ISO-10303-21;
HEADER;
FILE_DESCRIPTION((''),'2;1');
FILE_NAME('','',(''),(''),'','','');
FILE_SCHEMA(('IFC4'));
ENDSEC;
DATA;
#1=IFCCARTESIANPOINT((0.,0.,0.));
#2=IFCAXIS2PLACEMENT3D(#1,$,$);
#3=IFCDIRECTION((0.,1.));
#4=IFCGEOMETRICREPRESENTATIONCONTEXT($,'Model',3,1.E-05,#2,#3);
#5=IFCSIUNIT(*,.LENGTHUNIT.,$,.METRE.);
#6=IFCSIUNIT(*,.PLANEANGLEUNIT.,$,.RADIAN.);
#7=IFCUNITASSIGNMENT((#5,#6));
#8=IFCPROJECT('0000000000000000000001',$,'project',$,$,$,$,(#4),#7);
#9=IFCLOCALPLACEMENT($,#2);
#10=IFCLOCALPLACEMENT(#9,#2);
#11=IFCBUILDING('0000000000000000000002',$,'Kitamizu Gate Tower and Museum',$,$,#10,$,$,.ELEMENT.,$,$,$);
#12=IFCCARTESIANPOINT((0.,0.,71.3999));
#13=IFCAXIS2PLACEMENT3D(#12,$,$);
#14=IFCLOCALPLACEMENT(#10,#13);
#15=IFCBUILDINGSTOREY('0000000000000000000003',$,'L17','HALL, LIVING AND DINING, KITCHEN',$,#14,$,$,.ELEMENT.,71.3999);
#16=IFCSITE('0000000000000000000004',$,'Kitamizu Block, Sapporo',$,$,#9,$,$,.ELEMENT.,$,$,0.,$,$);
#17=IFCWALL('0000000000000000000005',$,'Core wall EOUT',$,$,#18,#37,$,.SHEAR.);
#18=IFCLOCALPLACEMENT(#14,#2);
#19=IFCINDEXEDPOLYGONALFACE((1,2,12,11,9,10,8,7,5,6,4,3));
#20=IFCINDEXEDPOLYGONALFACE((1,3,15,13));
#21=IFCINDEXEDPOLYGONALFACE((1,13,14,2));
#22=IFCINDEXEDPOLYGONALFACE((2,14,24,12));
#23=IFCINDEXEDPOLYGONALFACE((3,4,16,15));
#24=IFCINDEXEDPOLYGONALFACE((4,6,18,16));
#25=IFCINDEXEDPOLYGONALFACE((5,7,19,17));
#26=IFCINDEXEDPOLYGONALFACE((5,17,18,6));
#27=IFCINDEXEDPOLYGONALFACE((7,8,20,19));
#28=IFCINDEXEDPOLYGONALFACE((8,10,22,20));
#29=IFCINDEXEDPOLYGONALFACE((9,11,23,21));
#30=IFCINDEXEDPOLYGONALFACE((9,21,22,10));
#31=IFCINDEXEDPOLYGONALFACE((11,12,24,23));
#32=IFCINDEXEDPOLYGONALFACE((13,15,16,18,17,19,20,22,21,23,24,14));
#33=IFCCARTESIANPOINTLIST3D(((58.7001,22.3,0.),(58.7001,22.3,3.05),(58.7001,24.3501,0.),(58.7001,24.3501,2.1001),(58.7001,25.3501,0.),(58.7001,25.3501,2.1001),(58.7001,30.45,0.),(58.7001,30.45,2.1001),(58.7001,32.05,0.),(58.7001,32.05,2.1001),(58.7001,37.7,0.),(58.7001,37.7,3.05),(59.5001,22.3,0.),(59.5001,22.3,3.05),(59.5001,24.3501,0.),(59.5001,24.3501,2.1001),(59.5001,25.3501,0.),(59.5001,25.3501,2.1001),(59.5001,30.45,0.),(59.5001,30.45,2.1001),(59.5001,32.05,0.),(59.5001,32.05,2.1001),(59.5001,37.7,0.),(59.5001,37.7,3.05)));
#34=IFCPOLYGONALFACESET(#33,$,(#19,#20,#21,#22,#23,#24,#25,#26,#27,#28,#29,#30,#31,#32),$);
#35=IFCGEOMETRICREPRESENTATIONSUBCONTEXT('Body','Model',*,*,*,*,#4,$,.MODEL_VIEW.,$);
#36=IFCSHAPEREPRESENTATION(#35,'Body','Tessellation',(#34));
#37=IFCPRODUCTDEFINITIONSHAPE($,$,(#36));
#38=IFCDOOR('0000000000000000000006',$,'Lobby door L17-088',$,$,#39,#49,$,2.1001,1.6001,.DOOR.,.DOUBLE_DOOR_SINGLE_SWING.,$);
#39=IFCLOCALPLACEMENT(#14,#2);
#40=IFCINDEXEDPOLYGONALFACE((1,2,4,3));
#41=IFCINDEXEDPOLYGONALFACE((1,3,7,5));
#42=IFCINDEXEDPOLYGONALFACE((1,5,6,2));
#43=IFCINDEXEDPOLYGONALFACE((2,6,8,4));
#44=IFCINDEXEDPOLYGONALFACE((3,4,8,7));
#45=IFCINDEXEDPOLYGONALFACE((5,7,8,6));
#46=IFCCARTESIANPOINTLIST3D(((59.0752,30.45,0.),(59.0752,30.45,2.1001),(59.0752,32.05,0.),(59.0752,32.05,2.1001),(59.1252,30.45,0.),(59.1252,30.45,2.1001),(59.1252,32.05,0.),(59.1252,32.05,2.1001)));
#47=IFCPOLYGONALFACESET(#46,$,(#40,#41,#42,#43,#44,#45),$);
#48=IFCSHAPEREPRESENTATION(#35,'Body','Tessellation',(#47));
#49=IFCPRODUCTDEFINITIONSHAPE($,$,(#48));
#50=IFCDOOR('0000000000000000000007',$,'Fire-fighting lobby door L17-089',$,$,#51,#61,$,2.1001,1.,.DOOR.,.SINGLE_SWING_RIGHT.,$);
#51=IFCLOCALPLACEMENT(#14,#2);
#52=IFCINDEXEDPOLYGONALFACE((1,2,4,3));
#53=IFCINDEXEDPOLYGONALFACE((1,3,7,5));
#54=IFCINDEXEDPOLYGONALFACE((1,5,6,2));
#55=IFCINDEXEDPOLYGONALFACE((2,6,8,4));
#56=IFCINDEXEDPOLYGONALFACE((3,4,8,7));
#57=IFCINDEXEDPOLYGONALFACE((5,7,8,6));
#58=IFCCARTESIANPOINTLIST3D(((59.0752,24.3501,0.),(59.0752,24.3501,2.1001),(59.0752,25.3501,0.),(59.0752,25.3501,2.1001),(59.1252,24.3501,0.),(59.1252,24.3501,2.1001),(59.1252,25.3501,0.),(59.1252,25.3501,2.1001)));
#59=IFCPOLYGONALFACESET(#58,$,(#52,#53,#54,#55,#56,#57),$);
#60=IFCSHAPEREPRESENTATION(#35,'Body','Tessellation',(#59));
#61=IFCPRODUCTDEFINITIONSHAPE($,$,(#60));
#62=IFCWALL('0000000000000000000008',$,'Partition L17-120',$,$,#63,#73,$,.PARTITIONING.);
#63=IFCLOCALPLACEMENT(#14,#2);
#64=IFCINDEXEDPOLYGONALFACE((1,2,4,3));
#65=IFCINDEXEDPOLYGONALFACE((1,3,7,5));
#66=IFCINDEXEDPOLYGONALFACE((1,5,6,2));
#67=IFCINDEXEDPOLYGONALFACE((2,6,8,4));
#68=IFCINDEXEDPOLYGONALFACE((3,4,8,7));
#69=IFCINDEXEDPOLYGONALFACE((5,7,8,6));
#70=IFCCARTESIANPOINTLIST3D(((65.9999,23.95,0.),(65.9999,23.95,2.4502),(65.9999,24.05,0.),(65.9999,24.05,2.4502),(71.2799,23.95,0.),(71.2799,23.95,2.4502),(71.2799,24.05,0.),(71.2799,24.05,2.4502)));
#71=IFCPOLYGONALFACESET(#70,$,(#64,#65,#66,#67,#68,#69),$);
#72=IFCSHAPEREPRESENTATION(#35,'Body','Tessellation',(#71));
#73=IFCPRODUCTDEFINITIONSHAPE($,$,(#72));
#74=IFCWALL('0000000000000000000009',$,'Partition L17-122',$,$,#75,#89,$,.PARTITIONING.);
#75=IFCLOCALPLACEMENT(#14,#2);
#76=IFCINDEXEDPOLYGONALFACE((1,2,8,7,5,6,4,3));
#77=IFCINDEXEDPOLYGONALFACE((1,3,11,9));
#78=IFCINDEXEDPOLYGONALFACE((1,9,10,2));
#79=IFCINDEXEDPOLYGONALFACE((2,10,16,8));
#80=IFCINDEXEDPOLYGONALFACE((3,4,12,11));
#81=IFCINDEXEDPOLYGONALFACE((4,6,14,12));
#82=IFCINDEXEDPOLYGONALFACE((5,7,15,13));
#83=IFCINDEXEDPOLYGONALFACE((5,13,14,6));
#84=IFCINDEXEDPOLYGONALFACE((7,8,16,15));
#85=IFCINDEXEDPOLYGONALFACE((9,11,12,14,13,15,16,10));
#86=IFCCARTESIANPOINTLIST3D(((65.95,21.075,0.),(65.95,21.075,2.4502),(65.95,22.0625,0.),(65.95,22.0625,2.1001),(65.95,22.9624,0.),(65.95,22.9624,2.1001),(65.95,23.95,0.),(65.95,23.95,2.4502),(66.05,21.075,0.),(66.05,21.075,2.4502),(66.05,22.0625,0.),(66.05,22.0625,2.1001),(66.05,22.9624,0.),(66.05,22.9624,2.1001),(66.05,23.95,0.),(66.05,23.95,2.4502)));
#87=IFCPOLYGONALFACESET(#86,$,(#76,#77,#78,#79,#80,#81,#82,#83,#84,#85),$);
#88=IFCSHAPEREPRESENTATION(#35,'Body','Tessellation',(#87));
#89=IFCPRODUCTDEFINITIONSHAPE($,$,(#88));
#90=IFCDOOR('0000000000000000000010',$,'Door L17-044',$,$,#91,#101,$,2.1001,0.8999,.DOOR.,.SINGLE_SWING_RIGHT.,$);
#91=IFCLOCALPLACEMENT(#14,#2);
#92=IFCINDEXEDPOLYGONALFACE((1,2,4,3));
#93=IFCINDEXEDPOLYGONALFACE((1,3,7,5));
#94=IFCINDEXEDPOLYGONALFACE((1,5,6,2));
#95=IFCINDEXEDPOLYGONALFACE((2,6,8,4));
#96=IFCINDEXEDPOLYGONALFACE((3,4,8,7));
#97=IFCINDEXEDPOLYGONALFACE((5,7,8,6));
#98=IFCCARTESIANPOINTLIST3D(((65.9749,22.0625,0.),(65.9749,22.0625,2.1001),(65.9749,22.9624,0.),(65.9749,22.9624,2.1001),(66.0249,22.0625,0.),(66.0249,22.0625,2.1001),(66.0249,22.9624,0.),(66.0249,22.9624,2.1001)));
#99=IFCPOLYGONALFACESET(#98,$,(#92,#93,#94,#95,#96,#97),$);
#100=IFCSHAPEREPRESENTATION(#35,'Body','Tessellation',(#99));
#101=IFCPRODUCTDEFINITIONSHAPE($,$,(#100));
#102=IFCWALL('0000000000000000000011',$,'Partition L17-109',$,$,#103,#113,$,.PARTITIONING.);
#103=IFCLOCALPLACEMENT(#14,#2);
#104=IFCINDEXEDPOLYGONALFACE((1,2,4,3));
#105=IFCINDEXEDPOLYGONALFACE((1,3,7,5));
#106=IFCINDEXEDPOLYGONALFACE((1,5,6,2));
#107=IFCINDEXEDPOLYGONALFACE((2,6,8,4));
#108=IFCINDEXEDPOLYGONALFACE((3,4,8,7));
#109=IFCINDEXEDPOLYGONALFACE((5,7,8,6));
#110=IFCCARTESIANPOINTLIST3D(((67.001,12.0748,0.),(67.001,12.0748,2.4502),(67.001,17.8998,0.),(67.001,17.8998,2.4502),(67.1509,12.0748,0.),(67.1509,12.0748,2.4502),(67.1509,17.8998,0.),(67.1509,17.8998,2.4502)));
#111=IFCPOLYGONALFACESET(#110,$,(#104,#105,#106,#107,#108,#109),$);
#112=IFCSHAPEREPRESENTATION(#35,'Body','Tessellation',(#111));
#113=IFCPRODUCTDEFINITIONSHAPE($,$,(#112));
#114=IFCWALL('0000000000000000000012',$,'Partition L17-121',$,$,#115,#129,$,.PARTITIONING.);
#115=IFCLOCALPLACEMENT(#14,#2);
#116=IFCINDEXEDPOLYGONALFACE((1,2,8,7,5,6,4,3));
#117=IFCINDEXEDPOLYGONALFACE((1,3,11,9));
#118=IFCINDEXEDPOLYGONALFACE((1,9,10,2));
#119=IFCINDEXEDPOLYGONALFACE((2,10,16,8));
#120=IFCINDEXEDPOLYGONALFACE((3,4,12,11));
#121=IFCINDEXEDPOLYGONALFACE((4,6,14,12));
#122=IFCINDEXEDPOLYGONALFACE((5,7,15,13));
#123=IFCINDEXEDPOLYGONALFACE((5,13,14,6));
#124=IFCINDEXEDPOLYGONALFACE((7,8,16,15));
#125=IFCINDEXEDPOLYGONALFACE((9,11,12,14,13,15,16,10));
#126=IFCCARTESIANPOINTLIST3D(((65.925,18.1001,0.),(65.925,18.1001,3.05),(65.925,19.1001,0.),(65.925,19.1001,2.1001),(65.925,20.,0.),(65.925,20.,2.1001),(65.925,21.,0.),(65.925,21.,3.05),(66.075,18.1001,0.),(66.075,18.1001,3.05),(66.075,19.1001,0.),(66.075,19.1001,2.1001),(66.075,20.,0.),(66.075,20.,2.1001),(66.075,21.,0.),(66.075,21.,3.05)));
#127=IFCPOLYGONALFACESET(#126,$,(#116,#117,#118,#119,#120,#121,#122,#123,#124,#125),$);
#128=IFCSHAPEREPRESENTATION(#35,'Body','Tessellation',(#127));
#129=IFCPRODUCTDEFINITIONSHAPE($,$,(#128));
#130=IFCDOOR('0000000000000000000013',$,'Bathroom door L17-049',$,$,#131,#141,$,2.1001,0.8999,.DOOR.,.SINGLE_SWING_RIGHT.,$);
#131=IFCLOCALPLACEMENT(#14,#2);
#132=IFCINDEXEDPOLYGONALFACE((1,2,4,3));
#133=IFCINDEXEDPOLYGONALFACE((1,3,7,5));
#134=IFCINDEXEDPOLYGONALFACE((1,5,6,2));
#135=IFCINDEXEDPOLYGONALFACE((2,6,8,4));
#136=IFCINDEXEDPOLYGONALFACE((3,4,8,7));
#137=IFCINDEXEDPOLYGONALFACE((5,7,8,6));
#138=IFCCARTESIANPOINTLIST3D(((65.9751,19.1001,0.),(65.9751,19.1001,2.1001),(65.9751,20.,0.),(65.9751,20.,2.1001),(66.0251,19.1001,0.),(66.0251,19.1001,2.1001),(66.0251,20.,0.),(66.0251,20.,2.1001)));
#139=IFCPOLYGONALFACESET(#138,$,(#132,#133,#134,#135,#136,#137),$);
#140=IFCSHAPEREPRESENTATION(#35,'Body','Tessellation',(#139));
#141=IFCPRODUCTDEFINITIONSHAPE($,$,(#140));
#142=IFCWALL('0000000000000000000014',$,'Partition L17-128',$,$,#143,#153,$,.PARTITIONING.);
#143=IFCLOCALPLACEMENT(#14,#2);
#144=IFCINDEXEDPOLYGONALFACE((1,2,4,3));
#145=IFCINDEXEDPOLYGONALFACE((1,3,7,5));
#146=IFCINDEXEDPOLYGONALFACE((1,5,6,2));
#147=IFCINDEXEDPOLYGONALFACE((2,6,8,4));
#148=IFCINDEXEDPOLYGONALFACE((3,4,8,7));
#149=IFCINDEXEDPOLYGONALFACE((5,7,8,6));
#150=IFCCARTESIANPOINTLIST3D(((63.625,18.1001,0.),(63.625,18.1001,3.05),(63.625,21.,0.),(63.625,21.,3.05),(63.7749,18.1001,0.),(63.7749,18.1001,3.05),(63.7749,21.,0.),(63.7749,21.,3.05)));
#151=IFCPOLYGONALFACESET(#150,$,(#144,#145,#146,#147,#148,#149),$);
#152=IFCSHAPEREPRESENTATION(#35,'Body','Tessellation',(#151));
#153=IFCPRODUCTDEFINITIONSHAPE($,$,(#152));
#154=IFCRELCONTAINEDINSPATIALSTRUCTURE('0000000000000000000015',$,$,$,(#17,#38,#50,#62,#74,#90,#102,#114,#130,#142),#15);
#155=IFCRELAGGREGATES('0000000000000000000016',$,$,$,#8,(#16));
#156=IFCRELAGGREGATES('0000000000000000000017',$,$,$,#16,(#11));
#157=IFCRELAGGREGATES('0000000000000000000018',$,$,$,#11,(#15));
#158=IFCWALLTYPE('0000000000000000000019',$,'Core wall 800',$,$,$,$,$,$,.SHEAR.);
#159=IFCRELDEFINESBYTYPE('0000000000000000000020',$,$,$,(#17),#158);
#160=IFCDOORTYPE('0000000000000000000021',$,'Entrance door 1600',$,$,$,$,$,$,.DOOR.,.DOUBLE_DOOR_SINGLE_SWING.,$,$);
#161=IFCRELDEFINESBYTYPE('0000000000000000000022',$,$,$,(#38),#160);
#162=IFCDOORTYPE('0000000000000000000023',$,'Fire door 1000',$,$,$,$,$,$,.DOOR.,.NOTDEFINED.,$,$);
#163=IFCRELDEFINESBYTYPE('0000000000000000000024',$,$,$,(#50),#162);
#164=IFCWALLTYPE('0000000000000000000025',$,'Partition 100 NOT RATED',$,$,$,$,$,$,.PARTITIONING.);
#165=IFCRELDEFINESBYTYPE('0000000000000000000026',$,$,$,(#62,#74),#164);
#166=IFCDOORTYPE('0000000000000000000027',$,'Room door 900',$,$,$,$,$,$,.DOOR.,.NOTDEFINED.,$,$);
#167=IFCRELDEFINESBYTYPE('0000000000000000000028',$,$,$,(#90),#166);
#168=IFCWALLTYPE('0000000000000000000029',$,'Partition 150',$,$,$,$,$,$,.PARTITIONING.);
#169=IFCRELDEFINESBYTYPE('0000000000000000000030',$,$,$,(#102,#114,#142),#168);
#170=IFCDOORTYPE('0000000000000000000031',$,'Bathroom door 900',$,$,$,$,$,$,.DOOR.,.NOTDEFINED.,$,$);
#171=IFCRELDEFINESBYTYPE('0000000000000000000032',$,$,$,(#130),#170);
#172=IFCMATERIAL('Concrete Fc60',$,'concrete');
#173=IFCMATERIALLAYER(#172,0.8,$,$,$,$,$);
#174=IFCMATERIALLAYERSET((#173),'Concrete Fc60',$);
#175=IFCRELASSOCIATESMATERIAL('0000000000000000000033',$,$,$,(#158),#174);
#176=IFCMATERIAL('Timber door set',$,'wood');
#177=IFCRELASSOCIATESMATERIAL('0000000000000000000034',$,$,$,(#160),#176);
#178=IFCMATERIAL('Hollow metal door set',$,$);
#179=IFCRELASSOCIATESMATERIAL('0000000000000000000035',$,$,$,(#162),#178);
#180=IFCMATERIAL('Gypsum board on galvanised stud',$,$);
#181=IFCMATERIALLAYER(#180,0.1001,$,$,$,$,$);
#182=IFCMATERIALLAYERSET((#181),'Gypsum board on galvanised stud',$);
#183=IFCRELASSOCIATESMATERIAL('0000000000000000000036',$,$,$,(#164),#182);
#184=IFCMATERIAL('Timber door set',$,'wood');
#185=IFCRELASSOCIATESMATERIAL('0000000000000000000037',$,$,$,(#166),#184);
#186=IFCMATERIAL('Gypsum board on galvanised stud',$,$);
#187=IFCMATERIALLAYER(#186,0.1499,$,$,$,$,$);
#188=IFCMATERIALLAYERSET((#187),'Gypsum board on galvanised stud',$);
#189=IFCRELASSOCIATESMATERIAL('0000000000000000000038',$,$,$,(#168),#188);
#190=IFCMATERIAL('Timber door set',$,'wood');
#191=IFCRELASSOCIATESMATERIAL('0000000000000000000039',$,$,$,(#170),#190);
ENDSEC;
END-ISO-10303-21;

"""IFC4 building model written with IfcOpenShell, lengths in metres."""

from ifc_helpers import new_model, si_unit, direction, frame, frame_2d, origin, place, context, subcontext, project, spatial, rectangle, extrude, material, layer, layer_set, type_object, element, fill, save


model = new_model("IFC4")

# Units and contexts
model_context = context("Model", 3, precision=1e-05, world=origin(), true_north=direction((0.0, 1.0)))
body_context = subcontext(model_context, "Body", "Model", "MODEL_VIEW")
ifc_project = project(units=[si_unit("LENGTHUNIT", "METRE"), si_unit("PLANEANGLEUNIT", "RADIAN")], contexts=[model_context])

# Site, building, storey
site_placement = place(None, origin())
site = spatial("IfcSite", under=ifc_project, at=site_placement, Name="Kitamizu Block, Sapporo", CompositionType="ELEMENT", RefElevation=0.0)
building_placement = place(site_placement, origin())
building = spatial("IfcBuilding", under=site, at=building_placement, Name="Kitamizu Gate Tower and Museum", CompositionType="ELEMENT")
storey_placement = place(building_placement, frame((0.0, 0.0, 71.3999)))
storey = spatial("IfcBuildingStorey", under=building, at=storey_placement, Name="L17", Description="HALL, LIVING AND DINING, KITCHEN", CompositionType="ELEMENT", Elevation=71.3999)

# Shared definitions
ifc_material_1 = material(Name="Concrete Fc60", Category="concrete")
ifc_layer_1 = layer(ifc_material_1, 0.8)
ifc_layer_set_1 = layer_set([ifc_layer_1], Name="Concrete Fc60")
wall_type_1 = type_object("IfcWallType", Name="Core wall 800", PredefinedType="SHEAR", material=ifc_layer_set_1)

# Wall, openings, doors
wall_1_placement = place(storey_placement, frame((59.1001, 22.3, 0.0), z_axis=(0.0, 0.0, 1.0), x_axis=(0.0, 1.0, 0.0)))
wall_1 = element("IfcWall", 1, at=wall_1_placement, inside=storey, type_object=wall_type_1, Name="Core wall EOUT", PredefinedType="SHEAR", context=body_context, shape_type="SweptSolid", body=[
    extrude(rectangle(XDim=15.3999, YDim=0.8, at=frame_2d((7.7, 0.0))), origin(), (0.0, 0.0, 1.0), 3.05),
])
opening_1_placement = place(wall_1_placement, frame((8.1499, 0.0, 0.0)))
opening_1 = element("IfcOpeningElement", 2, at=opening_1_placement, cuts=wall_1, PredefinedType="OPENING", context=body_context, shape_type="SweptSolid", body=[
    extrude(rectangle(XDim=1.6001, YDim=2.1001, at=frame_2d((0.8, 1.05))), frame((0.0, 0.4102, 0.0), z_axis=(0.0, -1.0, 0.0), x_axis=(1.0, 0.0, 0.0)), (0.0, 0.0, 1.0), 0.8201),
])
opening_2_placement = place(wall_1_placement, frame((2.05, 0.0, 0.0)))
opening_2 = element("IfcOpeningElement", 3, at=opening_2_placement, cuts=wall_1, PredefinedType="OPENING", context=body_context, shape_type="SweptSolid", body=[
    extrude(rectangle(XDim=1.0, YDim=2.1001, at=frame_2d((0.5, 1.05))), frame((0.0, 0.4102, 0.0), z_axis=(0.0, -1.0, 0.0), x_axis=(1.0, 0.0, 0.0)), (0.0, 0.0, 1.0), 0.8201),
])
ifc_material_2 = material(Name="Timber door set", Category="wood")
door_type_1 = type_object("IfcDoorType", Name="Entrance door 1600", OperationType="DOUBLE_DOOR_SINGLE_SWING", PredefinedType="DOOR", material=ifc_material_2)
door_1_placement = place(opening_1_placement, origin())
door_1 = element("IfcDoor", 4, at=door_1_placement, inside=storey, type_object=door_type_1, Name="Lobby door L17-088", OperationType="DOUBLE_DOOR_SINGLE_SWING", OverallHeight=2.1001, OverallWidth=1.6001, PredefinedType="DOOR", context=body_context, shape_type="SweptSolid", body=[
    extrude(rectangle(XDim=1.6001, YDim=2.1001, at=frame_2d((0.8, 1.05))), frame((0.0, 0.0249, 0.0), z_axis=(0.0, -1.0, 0.0), x_axis=(1.0, 0.0, 0.0)), (0.0, 0.0, 1.0), 0.05),
])
fill(opening_1, door_1)
ifc_material_3 = material(Name="Hollow metal door set")
door_type_2 = type_object("IfcDoorType", Name="Fire door 1000", OperationType="NOTDEFINED", PredefinedType="DOOR", material=ifc_material_3)
door_2_placement = place(opening_2_placement, origin())
door_2 = element("IfcDoor", 5, at=door_2_placement, inside=storey, type_object=door_type_2, Name="Fire-fighting lobby door L17-089", OperationType="SINGLE_SWING_RIGHT", OverallHeight=2.1001, OverallWidth=1.0, PredefinedType="DOOR", context=body_context, shape_type="SweptSolid", body=[
    extrude(rectangle(XDim=1.0, YDim=2.1001, at=frame_2d((0.5, 1.05))), frame((0.0, 0.0249, 0.0), z_axis=(0.0, -1.0, 0.0), x_axis=(1.0, 0.0, 0.0)), (0.0, 0.0, 1.0), 0.05),
])
fill(opening_2, door_2)

# Wall
ifc_material_4 = material(Name="Gypsum board on galvanised stud")
ifc_layer_2 = layer(ifc_material_4, 0.1001)
ifc_layer_set_2 = layer_set([ifc_layer_2], Name="Gypsum board on galvanised stud")
wall_type_2 = type_object("IfcWallType", Name="Partition 100 NOT RATED", PredefinedType="PARTITIONING", material=ifc_layer_set_2)
wall_2_placement = place(storey_placement, frame((71.28, 24.0, 0.0), z_axis=(0.0, 0.0, 1.0), x_axis=(-1.0, 0.0, 0.0)))
element("IfcWall", 6, at=wall_2_placement, inside=storey, type_object=wall_type_2, Name="Partition L17-120", PredefinedType="PARTITIONING", context=body_context, shape_type="SweptSolid", body=[
    extrude(rectangle(XDim=5.28, YDim=0.1001, at=frame_2d((2.6401, 0.0))), origin(), (0.0, 0.0, 1.0), 2.4502),
])

# Wall, opening, door
wall_3_placement = place(storey_placement, frame((66.0, 23.95, 0.0), z_axis=(0.0, 0.0, 1.0), x_axis=(0.0, -1.0, 0.0)))
wall_3 = element("IfcWall", 7, at=wall_3_placement, inside=storey, type_object=wall_type_2, Name="Partition L17-122", PredefinedType="PARTITIONING", context=body_context, shape_type="SweptSolid", body=[
    extrude(rectangle(XDim=2.875, YDim=0.1001, at=frame_2d((1.4375, 0.0))), origin(), (0.0, 0.0, 1.0), 2.4502),
])
opening_3_placement = place(wall_3_placement, frame((0.9875, 0.0, 0.0)))
opening_3 = element("IfcOpeningElement", 8, at=opening_3_placement, cuts=wall_3, PredefinedType="OPENING", context=body_context, shape_type="SweptSolid", body=[
    extrude(rectangle(XDim=0.8999, YDim=2.1001, at=frame_2d((0.45, 1.05))), frame((0.0, 0.0601, 0.0), z_axis=(0.0, -1.0, 0.0), x_axis=(1.0, 0.0, 0.0)), (0.0, 0.0, 1.0), 0.1201),
])
ifc_material_5 = material(Name="Timber door set", Category="wood")
door_type_3 = type_object("IfcDoorType", Name="Room door 900", OperationType="NOTDEFINED", PredefinedType="DOOR", material=ifc_material_5)
door_3_placement = place(opening_3_placement, origin())
door_3 = element("IfcDoor", 9, at=door_3_placement, inside=storey, type_object=door_type_3, Name="Door L17-044", OperationType="SINGLE_SWING_RIGHT", OverallHeight=2.1001, OverallWidth=0.8999, PredefinedType="DOOR", context=body_context, shape_type="SweptSolid", body=[
    extrude(rectangle(XDim=0.8999, YDim=2.1001, at=frame_2d((0.45, 1.05))), frame((0.0, 0.0249, 0.0), z_axis=(0.0, -1.0, 0.0), x_axis=(1.0, 0.0, 0.0)), (0.0, 0.0, 1.0), 0.05),
])
fill(opening_3, door_3)

# Wall
ifc_material_6 = material(Name="Gypsum board on galvanised stud")
ifc_layer_3 = layer(ifc_material_6, 0.1499)
ifc_layer_set_3 = layer_set([ifc_layer_3], Name="Gypsum board on galvanised stud")
wall_type_3 = type_object("IfcWallType", Name="Partition 150", PredefinedType="PARTITIONING", material=ifc_layer_set_3)
wall_4_placement = place(storey_placement, frame((67.0759, 17.8999, 0.0), z_axis=(0.0, 0.0, 1.0), x_axis=(0.0, -1.0, 0.0)))
element("IfcWall", 10, at=wall_4_placement, inside=storey, type_object=wall_type_3, Name="Partition L17-109", PredefinedType="PARTITIONING", context=body_context, shape_type="SweptSolid", body=[
    extrude(rectangle(XDim=5.825, YDim=0.1499, at=frame_2d((2.9126, 0.0))), origin(), (0.0, 0.0, 1.0), 2.4502),
])

# Wall, opening, door
wall_5_placement = place(storey_placement, frame((66.0, 21.0, 0.0), z_axis=(0.0, 0.0, 1.0), x_axis=(0.0, -1.0, 0.0)))
wall_5 = element("IfcWall", 11, at=wall_5_placement, inside=storey, type_object=wall_type_3, Name="Partition L17-121", PredefinedType="PARTITIONING", context=body_context, shape_type="SweptSolid", body=[
    extrude(rectangle(XDim=2.8999, YDim=0.1499, at=frame_2d((1.45, 0.0))), origin(), (0.0, 0.0, 1.0), 3.05),
])
opening_4_placement = place(wall_5_placement, frame((1.0, 0.0, 0.0)))
opening_4 = element("IfcOpeningElement", 12, at=opening_4_placement, cuts=wall_5, PredefinedType="OPENING", context=body_context, shape_type="SweptSolid", body=[
    extrude(rectangle(XDim=0.8999, YDim=2.1001, at=frame_2d((0.45, 1.05))), frame((0.0, 0.085, 0.0), z_axis=(0.0, -1.0, 0.0), x_axis=(1.0, 0.0, 0.0)), (0.0, 0.0, 1.0), 0.1699),
])
ifc_material_7 = material(Name="Timber door set", Category="wood")
door_type_4 = type_object("IfcDoorType", Name="Bathroom door 900", OperationType="NOTDEFINED", PredefinedType="DOOR", material=ifc_material_7)
door_4_placement = place(opening_4_placement, frame((0.8999, 0.0, 0.0), x_axis=(-1.0, 0.0, 0.0)))
door_4 = element("IfcDoor", 13, at=door_4_placement, inside=storey, type_object=door_type_4, Name="Bathroom door L17-049", OperationType="SINGLE_SWING_RIGHT", OverallHeight=2.1001, OverallWidth=0.8999, PredefinedType="DOOR", context=body_context, shape_type="SweptSolid", body=[
    extrude(rectangle(XDim=0.8999, YDim=2.1001, at=frame_2d((0.45, 1.05))), frame((0.0, 0.0249, 0.0), z_axis=(0.0, -1.0, 0.0), x_axis=(1.0, 0.0, 0.0)), (0.0, 0.0, 1.0), 0.05),
])
fill(opening_4, door_4)

# Wall
wall_6_placement = place(storey_placement, frame((63.7, 18.1001, 0.0), z_axis=(0.0, 0.0, 1.0), x_axis=(0.0, 1.0, 0.0)))
element("IfcWall", 14, at=wall_6_placement, inside=storey, type_object=wall_type_3, Name="Partition L17-128", PredefinedType="PARTITIONING", context=body_context, shape_type="SweptSolid", body=[
    extrude(rectangle(XDim=2.8999, YDim=0.1499, at=frame_2d((1.45, 0.0))), origin(), (0.0, 0.0, 1.0), 3.05),
])

save(model, "model.ifc")
